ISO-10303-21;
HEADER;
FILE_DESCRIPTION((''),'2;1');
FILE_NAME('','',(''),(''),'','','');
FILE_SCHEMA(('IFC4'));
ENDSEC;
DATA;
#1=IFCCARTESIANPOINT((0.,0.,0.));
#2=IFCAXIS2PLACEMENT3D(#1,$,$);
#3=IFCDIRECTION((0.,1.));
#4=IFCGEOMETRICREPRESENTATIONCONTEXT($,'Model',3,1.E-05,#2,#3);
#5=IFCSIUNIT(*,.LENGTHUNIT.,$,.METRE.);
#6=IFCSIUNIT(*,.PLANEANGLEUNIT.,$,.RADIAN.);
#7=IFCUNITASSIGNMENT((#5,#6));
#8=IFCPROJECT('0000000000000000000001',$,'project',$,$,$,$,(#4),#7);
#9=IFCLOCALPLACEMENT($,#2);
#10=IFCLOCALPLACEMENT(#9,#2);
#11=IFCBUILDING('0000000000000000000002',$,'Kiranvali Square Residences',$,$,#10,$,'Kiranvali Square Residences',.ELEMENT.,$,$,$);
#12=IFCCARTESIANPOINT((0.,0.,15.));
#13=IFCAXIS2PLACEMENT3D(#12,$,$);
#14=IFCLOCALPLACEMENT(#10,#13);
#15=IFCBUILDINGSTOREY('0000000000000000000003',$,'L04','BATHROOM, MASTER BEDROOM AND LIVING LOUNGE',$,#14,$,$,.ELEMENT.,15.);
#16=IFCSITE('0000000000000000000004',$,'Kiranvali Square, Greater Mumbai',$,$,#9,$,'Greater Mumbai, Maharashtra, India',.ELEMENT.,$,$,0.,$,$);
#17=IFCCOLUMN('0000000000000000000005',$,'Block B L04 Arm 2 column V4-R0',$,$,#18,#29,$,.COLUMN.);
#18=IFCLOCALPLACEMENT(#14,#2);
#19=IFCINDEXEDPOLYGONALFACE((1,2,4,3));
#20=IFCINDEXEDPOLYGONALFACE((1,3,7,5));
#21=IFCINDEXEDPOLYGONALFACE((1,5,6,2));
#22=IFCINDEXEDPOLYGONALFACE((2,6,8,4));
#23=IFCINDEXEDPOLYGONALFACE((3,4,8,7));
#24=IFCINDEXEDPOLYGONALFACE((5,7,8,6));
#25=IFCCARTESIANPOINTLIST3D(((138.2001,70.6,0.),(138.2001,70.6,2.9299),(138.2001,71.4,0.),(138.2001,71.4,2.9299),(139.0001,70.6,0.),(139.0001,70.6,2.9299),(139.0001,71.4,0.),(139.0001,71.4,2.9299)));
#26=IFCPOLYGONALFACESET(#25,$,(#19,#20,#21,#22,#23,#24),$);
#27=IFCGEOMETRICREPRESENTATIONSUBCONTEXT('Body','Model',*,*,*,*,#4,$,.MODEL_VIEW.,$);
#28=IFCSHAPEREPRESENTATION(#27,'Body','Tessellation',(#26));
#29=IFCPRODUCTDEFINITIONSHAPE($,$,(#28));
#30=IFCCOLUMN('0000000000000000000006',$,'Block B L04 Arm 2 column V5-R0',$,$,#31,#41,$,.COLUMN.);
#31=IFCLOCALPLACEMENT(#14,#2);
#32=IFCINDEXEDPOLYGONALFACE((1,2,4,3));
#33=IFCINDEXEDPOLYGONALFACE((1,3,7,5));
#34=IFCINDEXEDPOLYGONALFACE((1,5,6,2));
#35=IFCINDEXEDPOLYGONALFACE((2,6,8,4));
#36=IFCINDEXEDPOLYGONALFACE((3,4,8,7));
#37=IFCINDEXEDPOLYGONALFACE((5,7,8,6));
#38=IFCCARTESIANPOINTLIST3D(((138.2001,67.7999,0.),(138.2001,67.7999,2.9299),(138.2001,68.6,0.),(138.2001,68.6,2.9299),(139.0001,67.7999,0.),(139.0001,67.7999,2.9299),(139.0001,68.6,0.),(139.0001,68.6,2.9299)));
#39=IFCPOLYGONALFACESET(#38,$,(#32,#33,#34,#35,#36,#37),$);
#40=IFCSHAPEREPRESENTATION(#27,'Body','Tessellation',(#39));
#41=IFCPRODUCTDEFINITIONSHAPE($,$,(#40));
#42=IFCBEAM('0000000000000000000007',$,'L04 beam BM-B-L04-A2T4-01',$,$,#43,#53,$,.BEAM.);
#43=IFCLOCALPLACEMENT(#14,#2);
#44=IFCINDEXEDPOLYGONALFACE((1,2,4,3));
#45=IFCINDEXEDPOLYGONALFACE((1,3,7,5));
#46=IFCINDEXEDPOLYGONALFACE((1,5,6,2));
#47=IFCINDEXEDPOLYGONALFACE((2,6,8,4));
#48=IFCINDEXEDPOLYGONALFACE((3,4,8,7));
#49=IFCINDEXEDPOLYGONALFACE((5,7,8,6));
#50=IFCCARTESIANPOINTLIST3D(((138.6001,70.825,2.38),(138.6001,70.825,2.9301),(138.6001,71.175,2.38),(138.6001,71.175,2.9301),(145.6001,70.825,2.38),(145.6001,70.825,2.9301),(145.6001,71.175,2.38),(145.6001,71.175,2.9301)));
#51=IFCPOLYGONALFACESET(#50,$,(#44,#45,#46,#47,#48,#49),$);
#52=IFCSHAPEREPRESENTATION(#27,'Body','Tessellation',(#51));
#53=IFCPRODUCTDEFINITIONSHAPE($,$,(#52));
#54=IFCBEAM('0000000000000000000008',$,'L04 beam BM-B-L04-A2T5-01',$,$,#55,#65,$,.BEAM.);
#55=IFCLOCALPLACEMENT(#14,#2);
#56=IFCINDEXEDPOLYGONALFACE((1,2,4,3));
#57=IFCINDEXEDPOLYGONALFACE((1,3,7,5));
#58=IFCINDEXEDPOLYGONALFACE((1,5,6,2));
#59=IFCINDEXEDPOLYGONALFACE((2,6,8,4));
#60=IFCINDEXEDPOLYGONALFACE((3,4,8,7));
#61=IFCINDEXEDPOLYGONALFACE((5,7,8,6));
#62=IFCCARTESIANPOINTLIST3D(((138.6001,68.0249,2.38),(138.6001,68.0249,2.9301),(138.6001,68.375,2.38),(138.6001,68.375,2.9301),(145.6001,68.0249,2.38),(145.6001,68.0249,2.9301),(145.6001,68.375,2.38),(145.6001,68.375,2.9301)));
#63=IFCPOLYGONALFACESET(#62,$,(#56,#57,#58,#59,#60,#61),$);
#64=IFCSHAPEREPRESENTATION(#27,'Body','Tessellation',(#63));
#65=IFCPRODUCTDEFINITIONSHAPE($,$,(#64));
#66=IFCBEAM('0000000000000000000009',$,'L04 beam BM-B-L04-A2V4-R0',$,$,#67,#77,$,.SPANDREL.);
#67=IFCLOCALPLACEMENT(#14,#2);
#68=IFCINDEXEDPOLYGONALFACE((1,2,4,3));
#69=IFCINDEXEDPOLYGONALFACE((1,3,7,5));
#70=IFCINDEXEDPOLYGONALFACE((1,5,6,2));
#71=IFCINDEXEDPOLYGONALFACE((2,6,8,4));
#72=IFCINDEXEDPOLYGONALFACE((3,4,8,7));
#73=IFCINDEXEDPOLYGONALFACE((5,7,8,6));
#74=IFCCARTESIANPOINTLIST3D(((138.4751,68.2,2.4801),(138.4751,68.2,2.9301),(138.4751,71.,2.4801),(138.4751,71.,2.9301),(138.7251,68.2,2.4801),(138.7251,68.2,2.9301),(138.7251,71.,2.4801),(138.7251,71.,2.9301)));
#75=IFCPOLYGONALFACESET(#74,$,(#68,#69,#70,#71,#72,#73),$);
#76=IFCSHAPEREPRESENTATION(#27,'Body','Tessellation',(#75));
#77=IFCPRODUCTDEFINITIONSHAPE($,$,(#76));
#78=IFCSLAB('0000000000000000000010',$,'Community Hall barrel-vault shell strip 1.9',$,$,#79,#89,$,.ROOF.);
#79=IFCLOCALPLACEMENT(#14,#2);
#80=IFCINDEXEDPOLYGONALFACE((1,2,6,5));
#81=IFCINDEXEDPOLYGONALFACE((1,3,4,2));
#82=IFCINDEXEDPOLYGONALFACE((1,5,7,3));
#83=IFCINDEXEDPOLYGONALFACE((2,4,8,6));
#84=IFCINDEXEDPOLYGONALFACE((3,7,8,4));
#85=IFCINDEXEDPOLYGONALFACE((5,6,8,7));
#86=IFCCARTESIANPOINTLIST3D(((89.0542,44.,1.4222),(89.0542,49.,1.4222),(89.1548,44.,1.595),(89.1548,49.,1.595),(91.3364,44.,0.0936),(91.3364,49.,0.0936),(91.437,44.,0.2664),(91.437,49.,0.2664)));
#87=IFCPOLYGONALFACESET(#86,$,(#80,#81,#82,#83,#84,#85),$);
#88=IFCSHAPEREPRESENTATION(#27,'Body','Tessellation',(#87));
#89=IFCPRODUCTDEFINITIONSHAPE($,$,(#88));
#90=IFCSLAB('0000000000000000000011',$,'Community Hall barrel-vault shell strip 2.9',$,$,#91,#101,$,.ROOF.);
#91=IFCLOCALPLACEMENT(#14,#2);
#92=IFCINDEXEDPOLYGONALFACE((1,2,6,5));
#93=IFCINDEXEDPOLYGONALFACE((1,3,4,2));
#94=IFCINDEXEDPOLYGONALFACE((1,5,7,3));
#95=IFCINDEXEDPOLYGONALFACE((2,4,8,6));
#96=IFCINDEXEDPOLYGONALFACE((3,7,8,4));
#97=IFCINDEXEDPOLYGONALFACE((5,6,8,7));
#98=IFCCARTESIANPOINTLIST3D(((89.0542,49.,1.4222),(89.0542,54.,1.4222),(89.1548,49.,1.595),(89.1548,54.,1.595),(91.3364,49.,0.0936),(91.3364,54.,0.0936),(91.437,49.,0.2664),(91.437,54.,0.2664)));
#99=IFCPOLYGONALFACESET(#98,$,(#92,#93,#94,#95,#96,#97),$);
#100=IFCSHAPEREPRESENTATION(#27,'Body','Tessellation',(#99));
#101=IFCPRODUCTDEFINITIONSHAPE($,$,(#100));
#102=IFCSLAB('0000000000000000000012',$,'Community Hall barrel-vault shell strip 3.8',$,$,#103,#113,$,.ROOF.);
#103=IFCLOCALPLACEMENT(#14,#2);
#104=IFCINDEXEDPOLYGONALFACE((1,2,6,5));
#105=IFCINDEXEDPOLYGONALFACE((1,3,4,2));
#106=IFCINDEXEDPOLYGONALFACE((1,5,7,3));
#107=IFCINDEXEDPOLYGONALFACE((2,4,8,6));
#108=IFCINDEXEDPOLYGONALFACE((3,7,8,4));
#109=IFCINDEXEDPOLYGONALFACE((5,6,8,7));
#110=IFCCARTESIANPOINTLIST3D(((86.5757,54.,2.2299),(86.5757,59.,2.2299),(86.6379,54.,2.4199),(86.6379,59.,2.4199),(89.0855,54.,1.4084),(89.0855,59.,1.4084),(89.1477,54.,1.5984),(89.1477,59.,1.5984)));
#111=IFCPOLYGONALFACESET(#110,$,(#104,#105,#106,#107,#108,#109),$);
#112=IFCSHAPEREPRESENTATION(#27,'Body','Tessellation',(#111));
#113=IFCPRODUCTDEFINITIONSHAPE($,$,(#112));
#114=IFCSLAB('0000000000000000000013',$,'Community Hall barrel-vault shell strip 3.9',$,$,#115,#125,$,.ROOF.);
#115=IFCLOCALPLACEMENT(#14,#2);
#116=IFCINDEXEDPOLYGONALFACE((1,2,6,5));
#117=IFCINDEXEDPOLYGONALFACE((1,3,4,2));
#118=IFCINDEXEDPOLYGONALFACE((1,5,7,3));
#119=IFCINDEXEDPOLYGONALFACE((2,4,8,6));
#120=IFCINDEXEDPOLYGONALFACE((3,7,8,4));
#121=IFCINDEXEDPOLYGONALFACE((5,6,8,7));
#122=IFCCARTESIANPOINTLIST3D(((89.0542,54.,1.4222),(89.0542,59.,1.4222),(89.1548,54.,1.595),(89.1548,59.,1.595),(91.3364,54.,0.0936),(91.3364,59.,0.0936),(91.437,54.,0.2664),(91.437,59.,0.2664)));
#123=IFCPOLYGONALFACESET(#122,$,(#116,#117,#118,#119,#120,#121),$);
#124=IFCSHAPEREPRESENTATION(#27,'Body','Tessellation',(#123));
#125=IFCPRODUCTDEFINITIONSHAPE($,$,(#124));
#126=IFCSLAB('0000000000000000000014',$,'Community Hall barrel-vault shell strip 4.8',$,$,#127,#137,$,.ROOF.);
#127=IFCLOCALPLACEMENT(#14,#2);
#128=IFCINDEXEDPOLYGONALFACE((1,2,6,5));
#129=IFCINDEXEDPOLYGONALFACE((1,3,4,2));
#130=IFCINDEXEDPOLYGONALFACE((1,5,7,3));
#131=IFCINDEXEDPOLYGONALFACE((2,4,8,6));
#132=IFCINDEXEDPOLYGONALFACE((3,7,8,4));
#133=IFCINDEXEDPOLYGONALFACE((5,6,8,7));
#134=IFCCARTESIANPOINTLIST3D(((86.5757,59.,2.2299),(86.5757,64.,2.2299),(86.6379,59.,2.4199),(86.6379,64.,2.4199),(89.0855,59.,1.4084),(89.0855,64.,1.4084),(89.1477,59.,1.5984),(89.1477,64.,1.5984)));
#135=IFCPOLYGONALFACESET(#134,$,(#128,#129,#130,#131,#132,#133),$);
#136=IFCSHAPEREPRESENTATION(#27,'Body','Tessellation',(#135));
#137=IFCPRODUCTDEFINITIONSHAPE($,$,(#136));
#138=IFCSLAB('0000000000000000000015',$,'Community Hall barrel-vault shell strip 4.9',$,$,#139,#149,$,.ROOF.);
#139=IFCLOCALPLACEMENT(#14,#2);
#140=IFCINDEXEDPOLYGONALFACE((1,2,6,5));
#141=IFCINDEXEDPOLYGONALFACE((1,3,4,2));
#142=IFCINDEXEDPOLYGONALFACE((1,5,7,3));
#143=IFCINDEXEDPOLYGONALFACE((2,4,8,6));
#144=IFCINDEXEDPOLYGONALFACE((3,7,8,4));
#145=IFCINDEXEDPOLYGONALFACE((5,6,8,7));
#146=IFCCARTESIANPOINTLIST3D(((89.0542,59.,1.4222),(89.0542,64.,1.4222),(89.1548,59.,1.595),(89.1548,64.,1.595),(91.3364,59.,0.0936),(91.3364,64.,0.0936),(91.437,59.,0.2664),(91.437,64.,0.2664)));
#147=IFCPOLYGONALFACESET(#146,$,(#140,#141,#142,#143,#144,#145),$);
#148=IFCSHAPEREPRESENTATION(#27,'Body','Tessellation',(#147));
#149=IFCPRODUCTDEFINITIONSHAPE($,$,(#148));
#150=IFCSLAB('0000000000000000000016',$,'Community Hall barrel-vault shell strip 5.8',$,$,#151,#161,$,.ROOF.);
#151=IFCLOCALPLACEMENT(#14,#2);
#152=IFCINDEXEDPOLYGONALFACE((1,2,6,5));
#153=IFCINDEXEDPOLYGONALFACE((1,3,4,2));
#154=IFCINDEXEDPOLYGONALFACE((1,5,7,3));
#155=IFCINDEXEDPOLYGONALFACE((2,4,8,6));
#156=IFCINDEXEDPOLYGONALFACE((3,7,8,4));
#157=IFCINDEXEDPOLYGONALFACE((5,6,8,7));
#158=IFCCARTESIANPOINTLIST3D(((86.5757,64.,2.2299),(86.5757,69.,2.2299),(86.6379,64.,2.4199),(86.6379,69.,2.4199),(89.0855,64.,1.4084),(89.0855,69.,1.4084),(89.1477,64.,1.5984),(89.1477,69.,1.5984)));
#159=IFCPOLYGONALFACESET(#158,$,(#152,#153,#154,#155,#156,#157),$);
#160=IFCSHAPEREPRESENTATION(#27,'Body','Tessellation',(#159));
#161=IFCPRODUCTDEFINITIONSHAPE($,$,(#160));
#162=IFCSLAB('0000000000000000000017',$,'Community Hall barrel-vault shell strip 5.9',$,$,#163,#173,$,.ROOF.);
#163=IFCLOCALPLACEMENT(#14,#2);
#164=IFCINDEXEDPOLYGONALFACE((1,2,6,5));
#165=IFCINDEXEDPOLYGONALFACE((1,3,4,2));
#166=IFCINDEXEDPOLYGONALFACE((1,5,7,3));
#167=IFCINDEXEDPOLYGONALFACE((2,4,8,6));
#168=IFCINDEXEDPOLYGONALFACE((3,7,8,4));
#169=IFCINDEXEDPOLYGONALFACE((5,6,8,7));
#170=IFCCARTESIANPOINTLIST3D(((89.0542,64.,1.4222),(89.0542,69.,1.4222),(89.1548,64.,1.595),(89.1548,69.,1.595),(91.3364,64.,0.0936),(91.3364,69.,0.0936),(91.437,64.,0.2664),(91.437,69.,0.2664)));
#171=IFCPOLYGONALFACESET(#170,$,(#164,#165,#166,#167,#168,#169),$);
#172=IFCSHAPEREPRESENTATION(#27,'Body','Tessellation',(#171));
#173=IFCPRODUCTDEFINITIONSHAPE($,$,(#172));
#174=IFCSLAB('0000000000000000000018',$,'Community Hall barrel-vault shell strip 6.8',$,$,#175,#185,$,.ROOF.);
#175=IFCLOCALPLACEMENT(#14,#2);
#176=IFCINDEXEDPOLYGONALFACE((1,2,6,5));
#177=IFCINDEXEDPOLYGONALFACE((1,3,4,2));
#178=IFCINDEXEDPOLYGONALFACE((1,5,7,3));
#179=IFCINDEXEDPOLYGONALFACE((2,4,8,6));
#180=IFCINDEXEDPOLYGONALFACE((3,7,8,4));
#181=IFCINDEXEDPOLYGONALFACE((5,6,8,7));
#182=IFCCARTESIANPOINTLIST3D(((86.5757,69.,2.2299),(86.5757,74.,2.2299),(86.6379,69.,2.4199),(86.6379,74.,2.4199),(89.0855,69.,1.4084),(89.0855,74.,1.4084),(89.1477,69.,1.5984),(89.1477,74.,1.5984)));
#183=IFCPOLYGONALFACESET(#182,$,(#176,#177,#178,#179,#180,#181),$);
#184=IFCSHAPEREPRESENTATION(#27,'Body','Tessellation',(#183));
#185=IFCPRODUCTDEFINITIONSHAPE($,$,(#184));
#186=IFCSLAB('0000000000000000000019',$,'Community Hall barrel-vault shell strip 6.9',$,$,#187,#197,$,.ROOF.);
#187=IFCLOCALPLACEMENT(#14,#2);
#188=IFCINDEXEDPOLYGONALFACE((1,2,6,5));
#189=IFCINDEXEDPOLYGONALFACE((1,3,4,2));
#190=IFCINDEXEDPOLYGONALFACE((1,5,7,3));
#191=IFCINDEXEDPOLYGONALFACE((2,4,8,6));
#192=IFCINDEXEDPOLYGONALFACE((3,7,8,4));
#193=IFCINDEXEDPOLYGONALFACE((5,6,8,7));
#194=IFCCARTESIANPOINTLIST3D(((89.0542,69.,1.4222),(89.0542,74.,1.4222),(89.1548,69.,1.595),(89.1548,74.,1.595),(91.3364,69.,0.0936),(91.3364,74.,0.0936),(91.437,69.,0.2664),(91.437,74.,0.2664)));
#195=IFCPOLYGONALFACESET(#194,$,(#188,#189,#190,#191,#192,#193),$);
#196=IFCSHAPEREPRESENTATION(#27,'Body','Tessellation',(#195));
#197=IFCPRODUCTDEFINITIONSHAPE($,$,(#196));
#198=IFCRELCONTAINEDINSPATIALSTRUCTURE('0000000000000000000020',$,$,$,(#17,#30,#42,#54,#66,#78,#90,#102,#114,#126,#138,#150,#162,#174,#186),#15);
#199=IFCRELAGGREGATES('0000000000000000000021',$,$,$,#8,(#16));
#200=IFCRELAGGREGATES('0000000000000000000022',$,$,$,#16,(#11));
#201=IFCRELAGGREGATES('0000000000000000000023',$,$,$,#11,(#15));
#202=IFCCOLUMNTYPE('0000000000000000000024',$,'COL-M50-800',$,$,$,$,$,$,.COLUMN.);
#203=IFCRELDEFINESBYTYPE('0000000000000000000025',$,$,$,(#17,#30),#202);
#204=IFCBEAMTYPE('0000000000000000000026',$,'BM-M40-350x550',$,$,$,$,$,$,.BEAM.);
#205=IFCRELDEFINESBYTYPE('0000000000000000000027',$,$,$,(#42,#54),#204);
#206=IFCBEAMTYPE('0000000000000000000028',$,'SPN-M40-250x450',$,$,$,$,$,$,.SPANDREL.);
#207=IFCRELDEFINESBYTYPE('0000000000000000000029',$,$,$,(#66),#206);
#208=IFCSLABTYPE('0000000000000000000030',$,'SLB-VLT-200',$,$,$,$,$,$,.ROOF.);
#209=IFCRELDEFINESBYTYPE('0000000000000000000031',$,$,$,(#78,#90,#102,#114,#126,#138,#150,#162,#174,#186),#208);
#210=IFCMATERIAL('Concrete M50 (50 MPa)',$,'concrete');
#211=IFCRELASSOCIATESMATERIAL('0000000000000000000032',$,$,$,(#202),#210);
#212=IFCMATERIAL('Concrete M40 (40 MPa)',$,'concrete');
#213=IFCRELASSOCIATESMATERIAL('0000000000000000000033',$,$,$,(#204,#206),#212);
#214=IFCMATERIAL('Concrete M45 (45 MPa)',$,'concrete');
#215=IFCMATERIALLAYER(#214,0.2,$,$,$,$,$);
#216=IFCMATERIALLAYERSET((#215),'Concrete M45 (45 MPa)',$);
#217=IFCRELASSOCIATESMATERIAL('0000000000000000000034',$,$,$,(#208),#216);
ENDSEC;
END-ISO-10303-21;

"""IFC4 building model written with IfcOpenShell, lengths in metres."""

from ifc_helpers import new_model, si_unit, direction, frame, origin, origin_2d, place, context, subcontext, project, spatial, polyline, rectangle, outline, extrude, material, layer, layer_set, material_profile, profile_set, type_object, element, save


model = new_model("IFC4")

# Units and contexts
model_context = context("Model", 3, precision=1e-05, world=origin(), true_north=direction((0.0, 1.0)))
body_context = subcontext(model_context, "Body", "Model", "MODEL_VIEW")
ifc_project = project(units=[si_unit("LENGTHUNIT", "METRE"), si_unit("PLANEANGLEUNIT", "RADIAN")], contexts=[model_context])

# Site, building, storey
site_placement = place(None, origin())
site = spatial("IfcSite", under=ifc_project, at=site_placement, Name="Kiranvali Square, Greater Mumbai", LongName="Greater Mumbai, Maharashtra, India", CompositionType="ELEMENT", RefElevation=0.0)
building_placement = place(site_placement, origin())
building = spatial("IfcBuilding", under=site, at=building_placement, Name="Kiranvali Square Residences", LongName="Kiranvali Square Residences", CompositionType="ELEMENT")
storey_placement = place(building_placement, frame((0.0, 0.0, 15.0)))
storey = spatial("IfcBuildingStorey", under=building, at=storey_placement, Name="L04", Description="BATHROOM, MASTER BEDROOM AND LIVING LOUNGE", CompositionType="ELEMENT", Elevation=15.0)

# Columns
ifc_material_1 = material(Name="Concrete M50 (50 MPa)", Category="concrete")
ifc_material_profile_1 = material_profile(ifc_material_1, rectangle(XDim=0.8, YDim=0.8, at=origin_2d()), Name="RC 800x800")
ifc_profile_set_1 = profile_set([ifc_material_profile_1], Name="Concrete M50 (50 MPa)")
column_type = type_object("IfcColumnType", Name="COL-M50-800", PredefinedType="COLUMN", material=ifc_profile_set_1)
for number, where, z_axis, x_axis, name in (
    (1, (138.6001, 71.0, 0.0), (0.0, 0.0, 1.0), (1.0, 0.0, 0.0), "Block B L04 Arm 2 column V4-R0"),
    (2, (138.6001, 68.2, 0.0), (0.0, 0.0, 1.0), (1.0, 0.0, 0.0), "Block B L04 Arm 2 column V5-R0"),
):
    element("IfcColumn", number, at=place(storey_placement, frame(where, z_axis=z_axis, x_axis=x_axis)), inside=storey, type_object=column_type, Name=name, PredefinedType="COLUMN", context=body_context, shape_type="SweptSolid", body=[
        extrude(rectangle(XDim=0.8, YDim=0.8, at=origin_2d()), origin(), (0.0, 0.0, 1.0), 2.9299),
    ])

# Beams
ifc_material_2 = material(Name="Concrete M40 (40 MPa)", Category="concrete")
ifc_material_profile_2 = material_profile(ifc_material_2, rectangle(XDim=0.3501, YDim=0.55, at=origin_2d()), Name="RC 350x550")
ifc_profile_set_2 = profile_set([ifc_material_profile_2], Name="Concrete M40 (40 MPa)")
beam_type_1 = type_object("IfcBeamType", Name="BM-M40-350x550", PredefinedType="BEAM", material=ifc_profile_set_2)
for number, where, z_axis, x_axis, name in (
    (3, (138.6001, 71.0, 2.655), (1.0, 0.0, 0.0), (0.0, 1.0, 0.0), "L04 beam BM-B-L04-A2T4-01"),
    (4, (138.6001, 68.2, 2.655), (1.0, 0.0, 0.0), (0.0, 1.0, 0.0), "L04 beam BM-B-L04-A2T5-01"),
):
    element("IfcBeam", number, at=place(storey_placement, frame(where, z_axis=z_axis, x_axis=x_axis)), inside=storey, type_object=beam_type_1, Name=name, PredefinedType="BEAM", context=body_context, shape_type="SweptSolid", body=[
        extrude(rectangle(XDim=0.3501, YDim=0.55, at=origin_2d()), origin(), (0.0, 0.0, 1.0), 7.0),
    ])
ifc_material_profile_3 = material_profile(ifc_material_2, rectangle(XDim=0.25, YDim=0.45, at=origin_2d()), Name="RC 250x450")
ifc_profile_set_3 = profile_set([ifc_material_profile_3], Name="Concrete M40 (40 MPa)")
beam_type_2 = type_object("IfcBeamType", Name="SPN-M40-250x450", PredefinedType="SPANDREL", material=ifc_profile_set_3)
beam_placement = place(storey_placement, frame((138.6001, 71.0, 2.7051), z_axis=(0.0, -1.0, 0.0), x_axis=(1.0, 0.0, 0.0)))
element("IfcBeam", 5, at=beam_placement, inside=storey, type_object=beam_type_2, Name="L04 beam BM-B-L04-A2V4-R0", PredefinedType="SPANDREL", context=body_context, shape_type="SweptSolid", body=[
    extrude(rectangle(XDim=0.25, YDim=0.45, at=origin_2d()), origin(), (0.0, 0.0, 1.0), 2.8),
])

# Slabs
ifc_material_3 = material(Name="Concrete M45 (45 MPa)", Category="concrete")
ifc_layer = layer(ifc_material_3, 0.2)
ifc_layer_set = layer_set([ifc_layer], Name="Concrete M45 (45 MPa)")
slab_type = type_object("IfcSlabType", Name="SLB-VLT-200", PredefinedType="ROOF", material=ifc_layer_set)
for number, where, z_axis, x_axis, name in (
    (6, (89.1548, 44.0, 1.595), (0.503112, 0.0, 0.864221), (0.864221, 0.0, -0.503112), "Community Hall barrel-vault shell strip 1.9"),
    (7, (89.1548, 49.0, 1.595), (0.503112, 0.0, 0.864221), (0.864221, 0.0, -0.503112), "Community Hall barrel-vault shell strip 2.9"),
):
    element("IfcSlab", number, at=place(storey_placement, frame(where, z_axis=z_axis, x_axis=x_axis)), inside=storey, type_object=slab_type, Name=name, PredefinedType="ROOF", context=body_context, shape_type="SweptSolid", body=[
        extrude(outline(polyline([(0.0, 0.0), (2.6408, 0.0), (2.6408, 5.0), (0.0, 5.0), (0.0, 0.0)])), origin(), (0.0, 0.0, -1.0), 0.2),
    ])
slab_1_placement = place(storey_placement, frame((86.6379, 54.0, 2.4199), z_axis=(0.311092, 0.0, 0.95038), x_axis=(0.95038, 0.0, -0.311092)))
element("IfcSlab", 8, at=slab_1_placement, inside=storey, type_object=slab_type, Name="Community Hall barrel-vault shell strip 3.8", PredefinedType="ROOF", context=body_context, shape_type="SweptSolid", body=[
    extrude(outline(polyline([(0.0, 0.0), (2.6408, 0.0), (2.6408, 5.0), (0.0, 5.0), (0.0, 0.0)])), origin(), (0.0, 0.0, -1.0), 0.2),
])
slab_2_placement = place(storey_placement, frame((89.1548, 54.0, 1.595), z_axis=(0.503112, 0.0, 0.864221), x_axis=(0.864221, 0.0, -0.503112)))
element("IfcSlab", 9, at=slab_2_placement, inside=storey, type_object=slab_type, Name="Community Hall barrel-vault shell strip 3.9", PredefinedType="ROOF", context=body_context, shape_type="SweptSolid", body=[
    extrude(outline(polyline([(0.0, 0.0), (2.6408, 0.0), (2.6408, 5.0), (0.0, 5.0), (0.0, 0.0)])), origin(), (0.0, 0.0, -1.0), 0.2),
])
slab_3_placement = place(storey_placement, frame((86.6379, 59.0, 2.4199), z_axis=(0.311092, 0.0, 0.95038), x_axis=(0.95038, 0.0, -0.311092)))
element("IfcSlab", 10, at=slab_3_placement, inside=storey, type_object=slab_type, Name="Community Hall barrel-vault shell strip 4.8", PredefinedType="ROOF", context=body_context, shape_type="SweptSolid", body=[
    extrude(outline(polyline([(0.0, 0.0), (2.6408, 0.0), (2.6408, 5.0), (0.0, 5.0), (0.0, 0.0)])), origin(), (0.0, 0.0, -1.0), 0.2),
])
slab_4_placement = place(storey_placement, frame((89.1548, 59.0, 1.595), z_axis=(0.503112, 0.0, 0.864221), x_axis=(0.864221, 0.0, -0.503112)))
element("IfcSlab", 11, at=slab_4_placement, inside=storey, type_object=slab_type, Name="Community Hall barrel-vault shell strip 4.9", PredefinedType="ROOF", context=body_context, shape_type="SweptSolid", body=[
    extrude(outline(polyline([(0.0, 0.0), (2.6408, 0.0), (2.6408, 5.0), (0.0, 5.0), (0.0, 0.0)])), origin(), (0.0, 0.0, -1.0), 0.2),
])
slab_5_placement = place(storey_placement, frame((86.6379, 64.0, 2.4199), z_axis=(0.311092, 0.0, 0.95038), x_axis=(0.95038, 0.0, -0.311092)))
element("IfcSlab", 12, at=slab_5_placement, inside=storey, type_object=slab_type, Name="Community Hall barrel-vault shell strip 5.8", PredefinedType="ROOF", context=body_context, shape_type="SweptSolid", body=[
    extrude(outline(polyline([(0.0, 0.0), (2.6408, 0.0), (2.6408, 5.0), (0.0, 5.0), (0.0, 0.0)])), origin(), (0.0, 0.0, -1.0), 0.2),
])
slab_6_placement = place(storey_placement, frame((89.1548, 64.0, 1.595), z_axis=(0.503112, 0.0, 0.864221), x_axis=(0.864221, 0.0, -0.503112)))
element("IfcSlab", 13, at=slab_6_placement, inside=storey, type_object=slab_type, Name="Community Hall barrel-vault shell strip 5.9", PredefinedType="ROOF", context=body_context, shape_type="SweptSolid", body=[
    extrude(outline(polyline([(0.0, 0.0), (2.6408, 0.0), (2.6408, 5.0), (0.0, 5.0), (0.0, 0.0)])), origin(), (0.0, 0.0, -1.0), 0.2),
])
slab_7_placement = place(storey_placement, frame((86.6379, 69.0, 2.4199), z_axis=(0.311092, 0.0, 0.95038), x_axis=(0.95038, 0.0, -0.311092)))
element("IfcSlab", 14, at=slab_7_placement, inside=storey, type_object=slab_type, Name="Community Hall barrel-vault shell strip 6.8", PredefinedType="ROOF", context=body_context, shape_type="SweptSolid", body=[
    extrude(outline(polyline([(0.0, 0.0), (2.6408, 0.0), (2.6408, 5.0), (0.0, 5.0), (0.0, 0.0)])), origin(), (0.0, 0.0, -1.0), 0.2),
])
slab_8_placement = place(storey_placement, frame((89.1548, 69.0, 1.595), z_axis=(0.503112, 0.0, 0.864221), x_axis=(0.864221, 0.0, -0.503112)))
element("IfcSlab", 15, at=slab_8_placement, inside=storey, type_object=slab_type, Name="Community Hall barrel-vault shell strip 6.9", PredefinedType="ROOF", context=body_context, shape_type="SweptSolid", body=[
    extrude(outline(polyline([(0.0, 0.0), (2.6408, 0.0), (2.6408, 5.0), (0.0, 5.0), (0.0, 0.0)])), origin(), (0.0, 0.0, -1.0), 0.2),
])

save(model, "model.ifc")
